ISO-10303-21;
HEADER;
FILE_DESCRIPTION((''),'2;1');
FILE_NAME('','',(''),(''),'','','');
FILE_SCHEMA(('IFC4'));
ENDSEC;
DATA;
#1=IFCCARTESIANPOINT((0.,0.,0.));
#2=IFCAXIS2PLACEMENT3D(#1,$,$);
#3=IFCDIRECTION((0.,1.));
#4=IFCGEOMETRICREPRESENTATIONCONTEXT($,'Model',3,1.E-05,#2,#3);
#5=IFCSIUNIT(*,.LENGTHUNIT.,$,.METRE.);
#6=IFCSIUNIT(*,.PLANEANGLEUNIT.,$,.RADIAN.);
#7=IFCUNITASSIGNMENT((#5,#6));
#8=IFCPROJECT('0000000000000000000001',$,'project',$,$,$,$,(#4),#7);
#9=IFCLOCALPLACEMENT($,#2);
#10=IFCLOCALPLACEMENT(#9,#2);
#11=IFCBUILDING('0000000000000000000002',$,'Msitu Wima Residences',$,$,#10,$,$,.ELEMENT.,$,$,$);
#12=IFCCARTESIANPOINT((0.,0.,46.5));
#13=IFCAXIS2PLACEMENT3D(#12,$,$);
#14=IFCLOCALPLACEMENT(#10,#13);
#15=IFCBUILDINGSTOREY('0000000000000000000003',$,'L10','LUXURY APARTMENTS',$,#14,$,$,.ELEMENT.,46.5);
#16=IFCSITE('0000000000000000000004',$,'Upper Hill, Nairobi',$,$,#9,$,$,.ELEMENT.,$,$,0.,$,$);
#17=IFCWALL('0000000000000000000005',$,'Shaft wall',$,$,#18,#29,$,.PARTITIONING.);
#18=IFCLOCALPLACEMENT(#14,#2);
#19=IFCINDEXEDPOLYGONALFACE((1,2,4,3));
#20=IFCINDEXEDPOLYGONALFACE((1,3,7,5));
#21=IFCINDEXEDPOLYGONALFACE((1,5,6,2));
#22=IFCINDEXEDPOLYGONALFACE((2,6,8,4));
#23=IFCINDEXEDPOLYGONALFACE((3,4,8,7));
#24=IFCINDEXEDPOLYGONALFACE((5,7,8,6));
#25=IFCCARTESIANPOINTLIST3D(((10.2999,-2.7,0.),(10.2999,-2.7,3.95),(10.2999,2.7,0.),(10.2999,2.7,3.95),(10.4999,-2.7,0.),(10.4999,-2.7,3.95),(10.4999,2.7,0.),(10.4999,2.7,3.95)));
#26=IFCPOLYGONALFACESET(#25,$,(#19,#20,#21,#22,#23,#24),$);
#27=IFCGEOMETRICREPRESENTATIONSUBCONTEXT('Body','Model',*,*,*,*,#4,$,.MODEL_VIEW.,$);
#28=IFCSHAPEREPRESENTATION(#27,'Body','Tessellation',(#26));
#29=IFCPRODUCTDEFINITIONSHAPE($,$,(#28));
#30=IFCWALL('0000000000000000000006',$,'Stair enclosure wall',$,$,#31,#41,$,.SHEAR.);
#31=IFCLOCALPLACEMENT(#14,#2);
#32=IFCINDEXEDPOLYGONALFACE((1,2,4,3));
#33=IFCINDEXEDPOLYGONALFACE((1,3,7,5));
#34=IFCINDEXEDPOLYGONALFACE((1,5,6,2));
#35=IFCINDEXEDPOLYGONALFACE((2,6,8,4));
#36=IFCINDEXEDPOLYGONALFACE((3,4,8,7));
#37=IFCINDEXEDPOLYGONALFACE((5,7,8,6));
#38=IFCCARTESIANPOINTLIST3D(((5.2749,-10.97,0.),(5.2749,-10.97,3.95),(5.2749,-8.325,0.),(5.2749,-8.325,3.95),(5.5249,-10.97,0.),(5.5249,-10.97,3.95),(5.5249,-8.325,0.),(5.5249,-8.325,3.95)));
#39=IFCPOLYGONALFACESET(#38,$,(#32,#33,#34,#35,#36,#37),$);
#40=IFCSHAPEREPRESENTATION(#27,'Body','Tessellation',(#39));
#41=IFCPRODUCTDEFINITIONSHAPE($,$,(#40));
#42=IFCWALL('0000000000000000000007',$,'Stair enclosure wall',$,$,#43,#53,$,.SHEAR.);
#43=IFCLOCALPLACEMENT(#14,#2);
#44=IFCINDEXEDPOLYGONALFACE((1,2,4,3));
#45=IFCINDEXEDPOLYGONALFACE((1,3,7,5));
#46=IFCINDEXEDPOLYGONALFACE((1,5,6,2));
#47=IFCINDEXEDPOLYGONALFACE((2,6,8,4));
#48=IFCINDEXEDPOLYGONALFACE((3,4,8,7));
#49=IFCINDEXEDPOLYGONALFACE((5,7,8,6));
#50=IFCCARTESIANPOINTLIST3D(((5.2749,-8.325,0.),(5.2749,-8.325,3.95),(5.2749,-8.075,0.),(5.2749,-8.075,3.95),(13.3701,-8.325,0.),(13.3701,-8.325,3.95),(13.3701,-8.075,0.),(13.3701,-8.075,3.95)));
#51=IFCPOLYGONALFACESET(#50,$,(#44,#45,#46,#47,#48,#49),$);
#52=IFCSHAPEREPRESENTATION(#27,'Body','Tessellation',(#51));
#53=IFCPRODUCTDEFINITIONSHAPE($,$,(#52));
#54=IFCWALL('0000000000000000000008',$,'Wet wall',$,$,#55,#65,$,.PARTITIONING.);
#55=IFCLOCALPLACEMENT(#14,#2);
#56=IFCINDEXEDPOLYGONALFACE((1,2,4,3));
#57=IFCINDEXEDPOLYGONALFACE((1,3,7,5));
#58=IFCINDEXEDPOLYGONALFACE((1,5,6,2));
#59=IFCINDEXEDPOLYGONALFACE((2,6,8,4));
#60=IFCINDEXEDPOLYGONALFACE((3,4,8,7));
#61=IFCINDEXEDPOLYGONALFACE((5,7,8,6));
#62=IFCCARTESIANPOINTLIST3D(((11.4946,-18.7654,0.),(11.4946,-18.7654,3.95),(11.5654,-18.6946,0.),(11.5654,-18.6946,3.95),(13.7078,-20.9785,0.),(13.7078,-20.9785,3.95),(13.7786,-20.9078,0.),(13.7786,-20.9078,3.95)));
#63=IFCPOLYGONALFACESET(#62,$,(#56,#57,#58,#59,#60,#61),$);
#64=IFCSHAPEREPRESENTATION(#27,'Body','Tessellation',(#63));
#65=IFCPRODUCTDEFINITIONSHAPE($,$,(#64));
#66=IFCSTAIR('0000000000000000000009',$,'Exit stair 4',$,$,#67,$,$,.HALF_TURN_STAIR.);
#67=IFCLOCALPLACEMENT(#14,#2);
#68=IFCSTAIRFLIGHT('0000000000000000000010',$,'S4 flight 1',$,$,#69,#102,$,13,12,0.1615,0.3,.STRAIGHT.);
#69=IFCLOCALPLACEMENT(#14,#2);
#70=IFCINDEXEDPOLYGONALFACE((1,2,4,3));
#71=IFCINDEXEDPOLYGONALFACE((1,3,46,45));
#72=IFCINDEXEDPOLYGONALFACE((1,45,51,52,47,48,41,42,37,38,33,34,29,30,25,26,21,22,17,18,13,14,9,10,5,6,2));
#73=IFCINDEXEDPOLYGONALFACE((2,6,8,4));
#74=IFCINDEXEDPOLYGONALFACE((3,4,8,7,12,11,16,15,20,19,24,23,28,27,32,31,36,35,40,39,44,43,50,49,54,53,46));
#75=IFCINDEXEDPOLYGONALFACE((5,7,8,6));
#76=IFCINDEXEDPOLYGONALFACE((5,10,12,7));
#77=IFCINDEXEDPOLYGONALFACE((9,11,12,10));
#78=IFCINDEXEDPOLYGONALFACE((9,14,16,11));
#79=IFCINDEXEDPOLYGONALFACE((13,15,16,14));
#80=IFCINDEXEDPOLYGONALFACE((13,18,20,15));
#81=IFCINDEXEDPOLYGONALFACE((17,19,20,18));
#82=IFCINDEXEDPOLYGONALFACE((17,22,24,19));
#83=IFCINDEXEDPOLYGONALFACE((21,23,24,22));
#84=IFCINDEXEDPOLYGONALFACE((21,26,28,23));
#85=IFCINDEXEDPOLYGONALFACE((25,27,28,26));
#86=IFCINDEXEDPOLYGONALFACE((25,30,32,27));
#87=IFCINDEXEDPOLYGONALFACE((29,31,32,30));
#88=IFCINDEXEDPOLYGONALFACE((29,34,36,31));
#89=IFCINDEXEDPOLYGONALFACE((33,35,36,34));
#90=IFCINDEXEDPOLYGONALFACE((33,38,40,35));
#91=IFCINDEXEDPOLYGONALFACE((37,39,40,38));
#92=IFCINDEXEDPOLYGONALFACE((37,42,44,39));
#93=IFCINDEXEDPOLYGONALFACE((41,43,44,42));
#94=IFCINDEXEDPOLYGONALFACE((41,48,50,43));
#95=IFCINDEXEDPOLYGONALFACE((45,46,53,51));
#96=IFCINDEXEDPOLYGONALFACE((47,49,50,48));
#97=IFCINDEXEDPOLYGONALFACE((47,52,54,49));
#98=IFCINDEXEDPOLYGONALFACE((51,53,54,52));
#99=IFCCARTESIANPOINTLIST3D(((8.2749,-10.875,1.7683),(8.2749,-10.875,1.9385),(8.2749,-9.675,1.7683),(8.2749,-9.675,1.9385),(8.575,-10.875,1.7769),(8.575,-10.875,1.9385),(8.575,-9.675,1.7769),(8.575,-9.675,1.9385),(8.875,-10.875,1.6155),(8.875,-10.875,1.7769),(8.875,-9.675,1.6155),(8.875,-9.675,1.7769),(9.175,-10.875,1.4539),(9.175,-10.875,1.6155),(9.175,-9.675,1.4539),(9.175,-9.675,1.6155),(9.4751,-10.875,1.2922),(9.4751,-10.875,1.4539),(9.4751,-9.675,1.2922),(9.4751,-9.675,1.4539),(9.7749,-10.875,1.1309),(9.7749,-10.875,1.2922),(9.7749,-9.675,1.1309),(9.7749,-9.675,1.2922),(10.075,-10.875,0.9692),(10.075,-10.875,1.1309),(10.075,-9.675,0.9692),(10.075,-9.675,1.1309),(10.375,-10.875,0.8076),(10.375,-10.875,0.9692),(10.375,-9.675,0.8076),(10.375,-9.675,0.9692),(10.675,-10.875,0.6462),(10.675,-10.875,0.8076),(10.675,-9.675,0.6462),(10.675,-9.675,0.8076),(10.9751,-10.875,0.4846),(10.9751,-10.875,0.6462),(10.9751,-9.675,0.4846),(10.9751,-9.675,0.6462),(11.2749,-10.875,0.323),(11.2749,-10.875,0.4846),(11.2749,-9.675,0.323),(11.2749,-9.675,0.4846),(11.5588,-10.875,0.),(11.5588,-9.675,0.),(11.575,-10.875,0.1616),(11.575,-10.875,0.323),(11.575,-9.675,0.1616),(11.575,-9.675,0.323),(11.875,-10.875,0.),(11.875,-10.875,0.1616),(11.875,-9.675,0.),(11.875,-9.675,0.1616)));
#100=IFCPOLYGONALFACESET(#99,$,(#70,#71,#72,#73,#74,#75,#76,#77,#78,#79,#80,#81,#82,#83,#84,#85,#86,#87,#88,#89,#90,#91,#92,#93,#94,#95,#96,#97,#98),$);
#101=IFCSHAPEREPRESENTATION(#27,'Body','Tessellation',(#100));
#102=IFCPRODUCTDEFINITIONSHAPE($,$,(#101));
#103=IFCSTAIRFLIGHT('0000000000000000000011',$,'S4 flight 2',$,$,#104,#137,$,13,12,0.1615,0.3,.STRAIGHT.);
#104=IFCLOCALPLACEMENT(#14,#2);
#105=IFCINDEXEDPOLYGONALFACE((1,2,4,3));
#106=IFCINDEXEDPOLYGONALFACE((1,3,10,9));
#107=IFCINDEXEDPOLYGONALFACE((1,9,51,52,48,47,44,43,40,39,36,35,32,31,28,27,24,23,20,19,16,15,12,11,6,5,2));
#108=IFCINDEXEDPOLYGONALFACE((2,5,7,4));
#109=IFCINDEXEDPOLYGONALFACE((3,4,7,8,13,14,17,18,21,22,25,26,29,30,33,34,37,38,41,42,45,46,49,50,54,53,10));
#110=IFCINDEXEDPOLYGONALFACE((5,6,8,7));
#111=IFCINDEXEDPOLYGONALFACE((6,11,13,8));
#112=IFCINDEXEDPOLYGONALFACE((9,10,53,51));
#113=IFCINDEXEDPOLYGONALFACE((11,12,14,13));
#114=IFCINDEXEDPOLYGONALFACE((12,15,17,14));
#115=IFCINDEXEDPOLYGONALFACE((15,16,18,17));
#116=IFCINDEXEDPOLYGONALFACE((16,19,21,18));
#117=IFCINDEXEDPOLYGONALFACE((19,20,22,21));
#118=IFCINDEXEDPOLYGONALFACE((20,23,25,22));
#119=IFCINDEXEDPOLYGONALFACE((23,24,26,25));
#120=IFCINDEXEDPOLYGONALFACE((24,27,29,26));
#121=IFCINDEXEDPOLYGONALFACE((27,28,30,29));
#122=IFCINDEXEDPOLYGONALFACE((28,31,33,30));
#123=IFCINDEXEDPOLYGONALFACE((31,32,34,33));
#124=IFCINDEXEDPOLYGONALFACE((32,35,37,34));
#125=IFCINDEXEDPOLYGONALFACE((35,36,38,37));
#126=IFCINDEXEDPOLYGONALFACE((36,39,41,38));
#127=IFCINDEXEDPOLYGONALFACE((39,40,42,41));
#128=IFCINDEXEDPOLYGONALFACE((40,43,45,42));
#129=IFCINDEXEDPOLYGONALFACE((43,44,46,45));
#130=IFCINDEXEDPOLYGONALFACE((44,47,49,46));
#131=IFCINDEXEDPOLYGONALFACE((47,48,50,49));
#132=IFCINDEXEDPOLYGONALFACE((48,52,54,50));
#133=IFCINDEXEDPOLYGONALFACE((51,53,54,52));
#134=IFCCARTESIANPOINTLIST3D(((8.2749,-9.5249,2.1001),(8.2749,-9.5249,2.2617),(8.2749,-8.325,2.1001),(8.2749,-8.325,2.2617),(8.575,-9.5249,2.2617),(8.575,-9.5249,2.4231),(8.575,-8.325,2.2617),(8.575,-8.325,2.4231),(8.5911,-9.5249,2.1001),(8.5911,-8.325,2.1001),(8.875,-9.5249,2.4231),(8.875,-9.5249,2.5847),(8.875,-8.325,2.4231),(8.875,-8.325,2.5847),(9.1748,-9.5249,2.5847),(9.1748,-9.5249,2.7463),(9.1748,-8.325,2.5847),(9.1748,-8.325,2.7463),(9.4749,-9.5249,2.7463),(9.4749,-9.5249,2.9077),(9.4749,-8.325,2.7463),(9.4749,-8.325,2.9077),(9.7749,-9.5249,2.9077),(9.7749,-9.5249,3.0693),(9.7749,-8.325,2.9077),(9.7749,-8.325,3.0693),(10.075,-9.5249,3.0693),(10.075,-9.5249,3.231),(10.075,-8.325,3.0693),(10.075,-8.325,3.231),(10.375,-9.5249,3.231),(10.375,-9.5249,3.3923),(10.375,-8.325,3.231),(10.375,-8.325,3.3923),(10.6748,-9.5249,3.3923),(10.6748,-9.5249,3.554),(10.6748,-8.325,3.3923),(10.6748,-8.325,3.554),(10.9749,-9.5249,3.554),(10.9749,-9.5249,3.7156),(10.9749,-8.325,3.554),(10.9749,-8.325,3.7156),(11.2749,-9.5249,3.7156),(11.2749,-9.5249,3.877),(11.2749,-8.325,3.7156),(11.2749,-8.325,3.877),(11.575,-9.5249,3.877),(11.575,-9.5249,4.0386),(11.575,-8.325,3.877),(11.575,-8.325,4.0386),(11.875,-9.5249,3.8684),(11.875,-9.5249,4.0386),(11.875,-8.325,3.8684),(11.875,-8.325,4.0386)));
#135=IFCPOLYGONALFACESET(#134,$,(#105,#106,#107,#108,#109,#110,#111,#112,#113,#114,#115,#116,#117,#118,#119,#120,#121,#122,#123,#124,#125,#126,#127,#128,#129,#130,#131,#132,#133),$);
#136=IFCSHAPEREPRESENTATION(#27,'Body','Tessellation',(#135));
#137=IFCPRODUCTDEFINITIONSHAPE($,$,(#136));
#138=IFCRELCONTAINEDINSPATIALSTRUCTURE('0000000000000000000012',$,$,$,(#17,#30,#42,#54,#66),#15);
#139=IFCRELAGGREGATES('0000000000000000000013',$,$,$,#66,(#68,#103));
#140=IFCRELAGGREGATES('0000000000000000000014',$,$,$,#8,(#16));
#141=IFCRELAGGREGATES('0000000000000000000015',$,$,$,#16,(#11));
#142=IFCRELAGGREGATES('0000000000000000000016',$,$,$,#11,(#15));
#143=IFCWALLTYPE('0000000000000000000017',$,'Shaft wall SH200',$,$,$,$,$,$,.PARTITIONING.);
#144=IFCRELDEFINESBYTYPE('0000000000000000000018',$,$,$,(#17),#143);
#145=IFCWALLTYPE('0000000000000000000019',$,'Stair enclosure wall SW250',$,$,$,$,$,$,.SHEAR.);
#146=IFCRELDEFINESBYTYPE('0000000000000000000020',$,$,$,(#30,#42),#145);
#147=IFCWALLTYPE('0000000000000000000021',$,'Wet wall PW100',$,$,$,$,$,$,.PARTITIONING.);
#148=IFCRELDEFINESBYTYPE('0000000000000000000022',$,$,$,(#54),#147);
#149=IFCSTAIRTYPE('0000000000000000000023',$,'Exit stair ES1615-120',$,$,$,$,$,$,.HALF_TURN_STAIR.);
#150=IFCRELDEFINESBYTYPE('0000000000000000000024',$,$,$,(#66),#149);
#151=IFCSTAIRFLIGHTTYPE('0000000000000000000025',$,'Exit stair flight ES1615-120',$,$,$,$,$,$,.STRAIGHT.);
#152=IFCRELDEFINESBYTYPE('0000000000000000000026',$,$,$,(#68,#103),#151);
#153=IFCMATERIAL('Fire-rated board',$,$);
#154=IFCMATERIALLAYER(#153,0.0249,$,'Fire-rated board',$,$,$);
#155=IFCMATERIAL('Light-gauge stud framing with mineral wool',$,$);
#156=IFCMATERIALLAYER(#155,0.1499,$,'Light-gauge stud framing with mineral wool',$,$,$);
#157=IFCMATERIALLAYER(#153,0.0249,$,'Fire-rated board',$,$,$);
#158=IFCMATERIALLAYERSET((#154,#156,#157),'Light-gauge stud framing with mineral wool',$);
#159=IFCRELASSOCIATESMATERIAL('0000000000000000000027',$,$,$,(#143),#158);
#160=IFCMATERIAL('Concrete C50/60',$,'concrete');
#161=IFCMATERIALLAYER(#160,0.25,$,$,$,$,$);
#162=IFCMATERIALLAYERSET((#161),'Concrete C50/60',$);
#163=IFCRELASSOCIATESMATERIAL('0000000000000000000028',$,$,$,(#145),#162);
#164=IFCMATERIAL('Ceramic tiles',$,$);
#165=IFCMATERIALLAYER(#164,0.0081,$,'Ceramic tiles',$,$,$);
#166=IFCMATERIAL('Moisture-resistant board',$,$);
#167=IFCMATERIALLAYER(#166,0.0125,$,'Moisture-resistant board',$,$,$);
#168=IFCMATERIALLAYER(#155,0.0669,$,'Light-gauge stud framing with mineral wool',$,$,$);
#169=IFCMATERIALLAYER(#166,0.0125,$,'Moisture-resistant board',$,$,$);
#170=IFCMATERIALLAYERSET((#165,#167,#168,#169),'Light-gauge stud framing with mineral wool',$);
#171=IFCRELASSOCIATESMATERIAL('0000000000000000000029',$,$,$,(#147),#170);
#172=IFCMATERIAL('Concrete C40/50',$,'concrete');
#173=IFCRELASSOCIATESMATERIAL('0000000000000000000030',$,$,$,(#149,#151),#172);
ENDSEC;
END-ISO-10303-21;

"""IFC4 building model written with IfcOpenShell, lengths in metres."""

from ifc_helpers import new_model, si_unit, direction, frame, frame_2d, origin, place, context, subcontext, project, spatial, polyline, rectangle, outline, extrude, material, layer, layer_set, type_object, element, aggregate, save


model = new_model("IFC4")

# Units and contexts
model_context = context("Model", 3, precision=1e-05, world=origin(), true_north=direction((0.0, 1.0)))
body_context = subcontext(model_context, "Body", "Model", "MODEL_VIEW")
ifc_project = project(units=[si_unit("LENGTHUNIT", "METRE"), si_unit("PLANEANGLEUNIT", "RADIAN")], contexts=[model_context])

# Site, building, storey
site_placement = place(None, origin())
site = spatial("IfcSite", under=ifc_project, at=site_placement, Name="Upper Hill, Nairobi", CompositionType="ELEMENT", RefElevation=0.0)
building_placement = place(site_placement, origin())
building = spatial("IfcBuilding", under=site, at=building_placement, Name="Msitu Wima Residences", CompositionType="ELEMENT")
storey_placement = place(building_placement, frame((0.0, 0.0, 46.5)))
storey = spatial("IfcBuildingStorey", under=building, at=storey_placement, Name="L10", Description="LUXURY APARTMENTS", CompositionType="ELEMENT", Elevation=46.5)

# Shared definitions
ifc_material_1 = material(Name="Concrete C40/50", Category="concrete")

# Walls
ifc_material_2 = material(Name="Fire-rated board")
ifc_layer_1 = layer(ifc_material_2, 0.0249, Name="Fire-rated board")
ifc_material_3 = material(Name="Light-gauge stud framing with mineral wool")
ifc_layer_2 = layer(ifc_material_3, 0.1499, Name="Light-gauge stud framing with mineral wool")
ifc_layer_3 = layer(ifc_material_2, 0.0249, Name="Fire-rated board")
ifc_layer_set_1 = layer_set([ifc_layer_1, ifc_layer_2, ifc_layer_3], Name="Light-gauge stud framing with mineral wool")
wall_type_1 = type_object("IfcWallType", Name="Shaft wall SH200", PredefinedType="PARTITIONING", material=ifc_layer_set_1)
wall_1_placement = place(storey_placement, frame((10.3999, -2.7, 0.0), z_axis=(0.0, 0.0, 1.0), x_axis=(0.0, 1.0, 0.0)))
element("IfcWall", 1, at=wall_1_placement, inside=storey, type_object=wall_type_1, Name="Shaft wall", PredefinedType="PARTITIONING", context=body_context, shape_type="SweptSolid", body=[
    extrude(rectangle(XDim=5.3999, YDim=0.2, at=frame_2d((2.7, 0.0))), origin(), (0.0, 0.0, 1.0), 3.95),
])
ifc_material_4 = material(Name="Concrete C50/60", Category="concrete")
ifc_layer_4 = layer(ifc_material_4, 0.25)
ifc_layer_set_2 = layer_set([ifc_layer_4], Name="Concrete C50/60")
wall_type_2 = type_object("IfcWallType", Name="Stair enclosure wall SW250", PredefinedType="SHEAR", material=ifc_layer_set_2)
wall_2_placement = place(storey_placement, frame((5.3999, -10.97, 0.0), z_axis=(0.0, 0.0, 1.0), x_axis=(0.0, 1.0, 0.0)))
element("IfcWall", 2, at=wall_2_placement, inside=storey, type_object=wall_type_2, Name="Stair enclosure wall", PredefinedType="SHEAR", context=body_context, shape_type="SweptSolid", body=[
    extrude(rectangle(XDim=2.645, YDim=0.25, at=frame_2d((1.3225, 0.0))), origin(), (0.0, 0.0, 1.0), 3.95),
])
wall_3_placement = place(storey_placement, frame((5.2749, -8.2, 0.0), z_axis=(0.0, 0.0, 1.0), x_axis=(1.0, 0.0, 0.0)))
element("IfcWall", 3, at=wall_3_placement, inside=storey, type_object=wall_type_2, Name="Stair enclosure wall", PredefinedType="SHEAR", context=body_context, shape_type="SweptSolid", body=[
    extrude(rectangle(XDim=8.0952, YDim=0.25, at=frame_2d((4.0476, 0.0))), origin(), (0.0, 0.0, 1.0), 3.95),
])
ifc_material_5 = material(Name="Ceramic tiles")
ifc_layer_5 = layer(ifc_material_5, 0.0081, Name="Ceramic tiles")
ifc_material_6 = material(Name="Moisture-resistant board")
ifc_layer_6 = layer(ifc_material_6, 0.0125, Name="Moisture-resistant board")
ifc_layer_7 = layer(ifc_material_3, 0.0669, Name="Light-gauge stud framing with mineral wool")
ifc_layer_8 = layer(ifc_material_6, 0.0125, Name="Moisture-resistant board")
ifc_layer_set_3 = layer_set([ifc_layer_5, ifc_layer_6, ifc_layer_7, ifc_layer_8], Name="Light-gauge stud framing with mineral wool")
wall_type_3 = type_object("IfcWallType", Name="Wet wall PW100", PredefinedType="PARTITIONING", material=ifc_layer_set_3)
wall_4_placement = place(storey_placement, frame((11.53, -18.73, 0.0), z_axis=(0.0, 0.0, 1.0), x_axis=(0.707107, -0.707107, 0.0)))
element("IfcWall", 4, at=wall_4_placement, inside=storey, type_object=wall_type_3, Name="Wet wall", PredefinedType="PARTITIONING", context=body_context, shape_type="SweptSolid", body=[
    extrude(rectangle(XDim=3.1299, YDim=0.1001, at=frame_2d((1.5649, 0.0))), origin(), (0.0, 0.0, 1.0), 3.95),
])

# Stair, stair flights
stair_type = type_object("IfcStairType", Name="Exit stair ES1615-120", PredefinedType="HALF_TURN_STAIR", material=ifc_material_1)
stair_placement = place(storey_placement, origin())
stair = element("IfcStair", 5, at=stair_placement, inside=storey, type_object=stair_type, Name="Exit stair 4", PredefinedType="HALF_TURN_STAIR")
stair_flight_type = type_object("IfcStairFlightType", Name="Exit stair flight ES1615-120", PredefinedType="STRAIGHT", material=ifc_material_1)
stair_flight_1_placement = place(storey_placement, frame((11.875, -10.2749, 0.0), z_axis=(0.0, 0.0, 1.0), x_axis=(-1.0, 0.0, 0.0)))
stair_flight_1 = element("IfcStairFlight", 6, at=stair_flight_1_placement, type_object=stair_flight_type, Name="S4 flight 1", NumberOfRisers=13, NumberOfTreads=12, PredefinedType="STRAIGHT", RiserHeight=0.1615, TreadLength=0.3, context=body_context, shape_type="SweptSolid", body=[
    extrude(outline(polyline([(0.0, 0.0), (0.0, 0.1616), (0.3, 0.1616), (0.3, 0.323), (0.6001, 0.323), (0.6001, 0.4846), (0.8999, 0.4846), (0.8999, 0.6462), (1.2, 0.6462), (1.2, 0.8076), (1.5, 0.8076), (1.5, 0.9692), (1.8, 0.9692), (1.8, 1.1309), (2.1001, 1.1309), (2.1001, 1.2922), (2.3999, 1.2922), (2.3999, 1.4539), (2.7, 1.4539), (2.7, 1.6155), (3.0, 1.6155), (3.0, 1.7769), (3.3, 1.7769), (3.3, 1.9385), (3.6001, 1.9385), (3.6001, 2.1001), (3.6001, 1.7683), (0.3162, 0.0), (0.0, 0.0)])), frame((0.0, 0.6001, 0.0), z_axis=(0.0, -1.0, 0.0), x_axis=(1.0, 0.0, 0.0)), (0.0, 0.0, 1.0), 1.2),
])
stair_flight_2_placement = place(storey_placement, frame((8.2749, -8.925, 2.1001), z_axis=(0.0, 0.0, 1.0), x_axis=(1.0, 0.0, 0.0)))
stair_flight_2 = element("IfcStairFlight", 7, at=stair_flight_2_placement, type_object=stair_flight_type, Name="S4 flight 2", NumberOfRisers=13, NumberOfTreads=12, PredefinedType="STRAIGHT", RiserHeight=0.1615, TreadLength=0.3, context=body_context, shape_type="SweptSolid", body=[
    extrude(outline(polyline([(0.0, 0.0), (0.0, 0.1616), (0.3, 0.1616), (0.3, 0.323), (0.6001, 0.323), (0.6001, 0.4846), (0.8999, 0.4846), (0.8999, 0.6462), (1.2, 0.6462), (1.2, 0.8076), (1.5, 0.8076), (1.5, 0.9692), (1.8, 0.9692), (1.8, 1.1309), (2.1001, 1.1309), (2.1001, 1.2922), (2.3999, 1.2922), (2.3999, 1.4539), (2.7, 1.4539), (2.7, 1.6155), (3.0, 1.6155), (3.0, 1.7769), (3.3, 1.7769), (3.3, 1.9385), (3.6001, 1.9385), (3.6001, 2.1001), (3.6001, 1.7683), (0.3162, 0.0), (0.0, 0.0)])), frame((0.0, 0.6001, 0.0), z_axis=(0.0, -1.0, 0.0), x_axis=(1.0, 0.0, 0.0)), (0.0, 0.0, 1.0), 1.2),
])
aggregate(stair, [stair_flight_1, stair_flight_2])

save(model, "model.ifc")
